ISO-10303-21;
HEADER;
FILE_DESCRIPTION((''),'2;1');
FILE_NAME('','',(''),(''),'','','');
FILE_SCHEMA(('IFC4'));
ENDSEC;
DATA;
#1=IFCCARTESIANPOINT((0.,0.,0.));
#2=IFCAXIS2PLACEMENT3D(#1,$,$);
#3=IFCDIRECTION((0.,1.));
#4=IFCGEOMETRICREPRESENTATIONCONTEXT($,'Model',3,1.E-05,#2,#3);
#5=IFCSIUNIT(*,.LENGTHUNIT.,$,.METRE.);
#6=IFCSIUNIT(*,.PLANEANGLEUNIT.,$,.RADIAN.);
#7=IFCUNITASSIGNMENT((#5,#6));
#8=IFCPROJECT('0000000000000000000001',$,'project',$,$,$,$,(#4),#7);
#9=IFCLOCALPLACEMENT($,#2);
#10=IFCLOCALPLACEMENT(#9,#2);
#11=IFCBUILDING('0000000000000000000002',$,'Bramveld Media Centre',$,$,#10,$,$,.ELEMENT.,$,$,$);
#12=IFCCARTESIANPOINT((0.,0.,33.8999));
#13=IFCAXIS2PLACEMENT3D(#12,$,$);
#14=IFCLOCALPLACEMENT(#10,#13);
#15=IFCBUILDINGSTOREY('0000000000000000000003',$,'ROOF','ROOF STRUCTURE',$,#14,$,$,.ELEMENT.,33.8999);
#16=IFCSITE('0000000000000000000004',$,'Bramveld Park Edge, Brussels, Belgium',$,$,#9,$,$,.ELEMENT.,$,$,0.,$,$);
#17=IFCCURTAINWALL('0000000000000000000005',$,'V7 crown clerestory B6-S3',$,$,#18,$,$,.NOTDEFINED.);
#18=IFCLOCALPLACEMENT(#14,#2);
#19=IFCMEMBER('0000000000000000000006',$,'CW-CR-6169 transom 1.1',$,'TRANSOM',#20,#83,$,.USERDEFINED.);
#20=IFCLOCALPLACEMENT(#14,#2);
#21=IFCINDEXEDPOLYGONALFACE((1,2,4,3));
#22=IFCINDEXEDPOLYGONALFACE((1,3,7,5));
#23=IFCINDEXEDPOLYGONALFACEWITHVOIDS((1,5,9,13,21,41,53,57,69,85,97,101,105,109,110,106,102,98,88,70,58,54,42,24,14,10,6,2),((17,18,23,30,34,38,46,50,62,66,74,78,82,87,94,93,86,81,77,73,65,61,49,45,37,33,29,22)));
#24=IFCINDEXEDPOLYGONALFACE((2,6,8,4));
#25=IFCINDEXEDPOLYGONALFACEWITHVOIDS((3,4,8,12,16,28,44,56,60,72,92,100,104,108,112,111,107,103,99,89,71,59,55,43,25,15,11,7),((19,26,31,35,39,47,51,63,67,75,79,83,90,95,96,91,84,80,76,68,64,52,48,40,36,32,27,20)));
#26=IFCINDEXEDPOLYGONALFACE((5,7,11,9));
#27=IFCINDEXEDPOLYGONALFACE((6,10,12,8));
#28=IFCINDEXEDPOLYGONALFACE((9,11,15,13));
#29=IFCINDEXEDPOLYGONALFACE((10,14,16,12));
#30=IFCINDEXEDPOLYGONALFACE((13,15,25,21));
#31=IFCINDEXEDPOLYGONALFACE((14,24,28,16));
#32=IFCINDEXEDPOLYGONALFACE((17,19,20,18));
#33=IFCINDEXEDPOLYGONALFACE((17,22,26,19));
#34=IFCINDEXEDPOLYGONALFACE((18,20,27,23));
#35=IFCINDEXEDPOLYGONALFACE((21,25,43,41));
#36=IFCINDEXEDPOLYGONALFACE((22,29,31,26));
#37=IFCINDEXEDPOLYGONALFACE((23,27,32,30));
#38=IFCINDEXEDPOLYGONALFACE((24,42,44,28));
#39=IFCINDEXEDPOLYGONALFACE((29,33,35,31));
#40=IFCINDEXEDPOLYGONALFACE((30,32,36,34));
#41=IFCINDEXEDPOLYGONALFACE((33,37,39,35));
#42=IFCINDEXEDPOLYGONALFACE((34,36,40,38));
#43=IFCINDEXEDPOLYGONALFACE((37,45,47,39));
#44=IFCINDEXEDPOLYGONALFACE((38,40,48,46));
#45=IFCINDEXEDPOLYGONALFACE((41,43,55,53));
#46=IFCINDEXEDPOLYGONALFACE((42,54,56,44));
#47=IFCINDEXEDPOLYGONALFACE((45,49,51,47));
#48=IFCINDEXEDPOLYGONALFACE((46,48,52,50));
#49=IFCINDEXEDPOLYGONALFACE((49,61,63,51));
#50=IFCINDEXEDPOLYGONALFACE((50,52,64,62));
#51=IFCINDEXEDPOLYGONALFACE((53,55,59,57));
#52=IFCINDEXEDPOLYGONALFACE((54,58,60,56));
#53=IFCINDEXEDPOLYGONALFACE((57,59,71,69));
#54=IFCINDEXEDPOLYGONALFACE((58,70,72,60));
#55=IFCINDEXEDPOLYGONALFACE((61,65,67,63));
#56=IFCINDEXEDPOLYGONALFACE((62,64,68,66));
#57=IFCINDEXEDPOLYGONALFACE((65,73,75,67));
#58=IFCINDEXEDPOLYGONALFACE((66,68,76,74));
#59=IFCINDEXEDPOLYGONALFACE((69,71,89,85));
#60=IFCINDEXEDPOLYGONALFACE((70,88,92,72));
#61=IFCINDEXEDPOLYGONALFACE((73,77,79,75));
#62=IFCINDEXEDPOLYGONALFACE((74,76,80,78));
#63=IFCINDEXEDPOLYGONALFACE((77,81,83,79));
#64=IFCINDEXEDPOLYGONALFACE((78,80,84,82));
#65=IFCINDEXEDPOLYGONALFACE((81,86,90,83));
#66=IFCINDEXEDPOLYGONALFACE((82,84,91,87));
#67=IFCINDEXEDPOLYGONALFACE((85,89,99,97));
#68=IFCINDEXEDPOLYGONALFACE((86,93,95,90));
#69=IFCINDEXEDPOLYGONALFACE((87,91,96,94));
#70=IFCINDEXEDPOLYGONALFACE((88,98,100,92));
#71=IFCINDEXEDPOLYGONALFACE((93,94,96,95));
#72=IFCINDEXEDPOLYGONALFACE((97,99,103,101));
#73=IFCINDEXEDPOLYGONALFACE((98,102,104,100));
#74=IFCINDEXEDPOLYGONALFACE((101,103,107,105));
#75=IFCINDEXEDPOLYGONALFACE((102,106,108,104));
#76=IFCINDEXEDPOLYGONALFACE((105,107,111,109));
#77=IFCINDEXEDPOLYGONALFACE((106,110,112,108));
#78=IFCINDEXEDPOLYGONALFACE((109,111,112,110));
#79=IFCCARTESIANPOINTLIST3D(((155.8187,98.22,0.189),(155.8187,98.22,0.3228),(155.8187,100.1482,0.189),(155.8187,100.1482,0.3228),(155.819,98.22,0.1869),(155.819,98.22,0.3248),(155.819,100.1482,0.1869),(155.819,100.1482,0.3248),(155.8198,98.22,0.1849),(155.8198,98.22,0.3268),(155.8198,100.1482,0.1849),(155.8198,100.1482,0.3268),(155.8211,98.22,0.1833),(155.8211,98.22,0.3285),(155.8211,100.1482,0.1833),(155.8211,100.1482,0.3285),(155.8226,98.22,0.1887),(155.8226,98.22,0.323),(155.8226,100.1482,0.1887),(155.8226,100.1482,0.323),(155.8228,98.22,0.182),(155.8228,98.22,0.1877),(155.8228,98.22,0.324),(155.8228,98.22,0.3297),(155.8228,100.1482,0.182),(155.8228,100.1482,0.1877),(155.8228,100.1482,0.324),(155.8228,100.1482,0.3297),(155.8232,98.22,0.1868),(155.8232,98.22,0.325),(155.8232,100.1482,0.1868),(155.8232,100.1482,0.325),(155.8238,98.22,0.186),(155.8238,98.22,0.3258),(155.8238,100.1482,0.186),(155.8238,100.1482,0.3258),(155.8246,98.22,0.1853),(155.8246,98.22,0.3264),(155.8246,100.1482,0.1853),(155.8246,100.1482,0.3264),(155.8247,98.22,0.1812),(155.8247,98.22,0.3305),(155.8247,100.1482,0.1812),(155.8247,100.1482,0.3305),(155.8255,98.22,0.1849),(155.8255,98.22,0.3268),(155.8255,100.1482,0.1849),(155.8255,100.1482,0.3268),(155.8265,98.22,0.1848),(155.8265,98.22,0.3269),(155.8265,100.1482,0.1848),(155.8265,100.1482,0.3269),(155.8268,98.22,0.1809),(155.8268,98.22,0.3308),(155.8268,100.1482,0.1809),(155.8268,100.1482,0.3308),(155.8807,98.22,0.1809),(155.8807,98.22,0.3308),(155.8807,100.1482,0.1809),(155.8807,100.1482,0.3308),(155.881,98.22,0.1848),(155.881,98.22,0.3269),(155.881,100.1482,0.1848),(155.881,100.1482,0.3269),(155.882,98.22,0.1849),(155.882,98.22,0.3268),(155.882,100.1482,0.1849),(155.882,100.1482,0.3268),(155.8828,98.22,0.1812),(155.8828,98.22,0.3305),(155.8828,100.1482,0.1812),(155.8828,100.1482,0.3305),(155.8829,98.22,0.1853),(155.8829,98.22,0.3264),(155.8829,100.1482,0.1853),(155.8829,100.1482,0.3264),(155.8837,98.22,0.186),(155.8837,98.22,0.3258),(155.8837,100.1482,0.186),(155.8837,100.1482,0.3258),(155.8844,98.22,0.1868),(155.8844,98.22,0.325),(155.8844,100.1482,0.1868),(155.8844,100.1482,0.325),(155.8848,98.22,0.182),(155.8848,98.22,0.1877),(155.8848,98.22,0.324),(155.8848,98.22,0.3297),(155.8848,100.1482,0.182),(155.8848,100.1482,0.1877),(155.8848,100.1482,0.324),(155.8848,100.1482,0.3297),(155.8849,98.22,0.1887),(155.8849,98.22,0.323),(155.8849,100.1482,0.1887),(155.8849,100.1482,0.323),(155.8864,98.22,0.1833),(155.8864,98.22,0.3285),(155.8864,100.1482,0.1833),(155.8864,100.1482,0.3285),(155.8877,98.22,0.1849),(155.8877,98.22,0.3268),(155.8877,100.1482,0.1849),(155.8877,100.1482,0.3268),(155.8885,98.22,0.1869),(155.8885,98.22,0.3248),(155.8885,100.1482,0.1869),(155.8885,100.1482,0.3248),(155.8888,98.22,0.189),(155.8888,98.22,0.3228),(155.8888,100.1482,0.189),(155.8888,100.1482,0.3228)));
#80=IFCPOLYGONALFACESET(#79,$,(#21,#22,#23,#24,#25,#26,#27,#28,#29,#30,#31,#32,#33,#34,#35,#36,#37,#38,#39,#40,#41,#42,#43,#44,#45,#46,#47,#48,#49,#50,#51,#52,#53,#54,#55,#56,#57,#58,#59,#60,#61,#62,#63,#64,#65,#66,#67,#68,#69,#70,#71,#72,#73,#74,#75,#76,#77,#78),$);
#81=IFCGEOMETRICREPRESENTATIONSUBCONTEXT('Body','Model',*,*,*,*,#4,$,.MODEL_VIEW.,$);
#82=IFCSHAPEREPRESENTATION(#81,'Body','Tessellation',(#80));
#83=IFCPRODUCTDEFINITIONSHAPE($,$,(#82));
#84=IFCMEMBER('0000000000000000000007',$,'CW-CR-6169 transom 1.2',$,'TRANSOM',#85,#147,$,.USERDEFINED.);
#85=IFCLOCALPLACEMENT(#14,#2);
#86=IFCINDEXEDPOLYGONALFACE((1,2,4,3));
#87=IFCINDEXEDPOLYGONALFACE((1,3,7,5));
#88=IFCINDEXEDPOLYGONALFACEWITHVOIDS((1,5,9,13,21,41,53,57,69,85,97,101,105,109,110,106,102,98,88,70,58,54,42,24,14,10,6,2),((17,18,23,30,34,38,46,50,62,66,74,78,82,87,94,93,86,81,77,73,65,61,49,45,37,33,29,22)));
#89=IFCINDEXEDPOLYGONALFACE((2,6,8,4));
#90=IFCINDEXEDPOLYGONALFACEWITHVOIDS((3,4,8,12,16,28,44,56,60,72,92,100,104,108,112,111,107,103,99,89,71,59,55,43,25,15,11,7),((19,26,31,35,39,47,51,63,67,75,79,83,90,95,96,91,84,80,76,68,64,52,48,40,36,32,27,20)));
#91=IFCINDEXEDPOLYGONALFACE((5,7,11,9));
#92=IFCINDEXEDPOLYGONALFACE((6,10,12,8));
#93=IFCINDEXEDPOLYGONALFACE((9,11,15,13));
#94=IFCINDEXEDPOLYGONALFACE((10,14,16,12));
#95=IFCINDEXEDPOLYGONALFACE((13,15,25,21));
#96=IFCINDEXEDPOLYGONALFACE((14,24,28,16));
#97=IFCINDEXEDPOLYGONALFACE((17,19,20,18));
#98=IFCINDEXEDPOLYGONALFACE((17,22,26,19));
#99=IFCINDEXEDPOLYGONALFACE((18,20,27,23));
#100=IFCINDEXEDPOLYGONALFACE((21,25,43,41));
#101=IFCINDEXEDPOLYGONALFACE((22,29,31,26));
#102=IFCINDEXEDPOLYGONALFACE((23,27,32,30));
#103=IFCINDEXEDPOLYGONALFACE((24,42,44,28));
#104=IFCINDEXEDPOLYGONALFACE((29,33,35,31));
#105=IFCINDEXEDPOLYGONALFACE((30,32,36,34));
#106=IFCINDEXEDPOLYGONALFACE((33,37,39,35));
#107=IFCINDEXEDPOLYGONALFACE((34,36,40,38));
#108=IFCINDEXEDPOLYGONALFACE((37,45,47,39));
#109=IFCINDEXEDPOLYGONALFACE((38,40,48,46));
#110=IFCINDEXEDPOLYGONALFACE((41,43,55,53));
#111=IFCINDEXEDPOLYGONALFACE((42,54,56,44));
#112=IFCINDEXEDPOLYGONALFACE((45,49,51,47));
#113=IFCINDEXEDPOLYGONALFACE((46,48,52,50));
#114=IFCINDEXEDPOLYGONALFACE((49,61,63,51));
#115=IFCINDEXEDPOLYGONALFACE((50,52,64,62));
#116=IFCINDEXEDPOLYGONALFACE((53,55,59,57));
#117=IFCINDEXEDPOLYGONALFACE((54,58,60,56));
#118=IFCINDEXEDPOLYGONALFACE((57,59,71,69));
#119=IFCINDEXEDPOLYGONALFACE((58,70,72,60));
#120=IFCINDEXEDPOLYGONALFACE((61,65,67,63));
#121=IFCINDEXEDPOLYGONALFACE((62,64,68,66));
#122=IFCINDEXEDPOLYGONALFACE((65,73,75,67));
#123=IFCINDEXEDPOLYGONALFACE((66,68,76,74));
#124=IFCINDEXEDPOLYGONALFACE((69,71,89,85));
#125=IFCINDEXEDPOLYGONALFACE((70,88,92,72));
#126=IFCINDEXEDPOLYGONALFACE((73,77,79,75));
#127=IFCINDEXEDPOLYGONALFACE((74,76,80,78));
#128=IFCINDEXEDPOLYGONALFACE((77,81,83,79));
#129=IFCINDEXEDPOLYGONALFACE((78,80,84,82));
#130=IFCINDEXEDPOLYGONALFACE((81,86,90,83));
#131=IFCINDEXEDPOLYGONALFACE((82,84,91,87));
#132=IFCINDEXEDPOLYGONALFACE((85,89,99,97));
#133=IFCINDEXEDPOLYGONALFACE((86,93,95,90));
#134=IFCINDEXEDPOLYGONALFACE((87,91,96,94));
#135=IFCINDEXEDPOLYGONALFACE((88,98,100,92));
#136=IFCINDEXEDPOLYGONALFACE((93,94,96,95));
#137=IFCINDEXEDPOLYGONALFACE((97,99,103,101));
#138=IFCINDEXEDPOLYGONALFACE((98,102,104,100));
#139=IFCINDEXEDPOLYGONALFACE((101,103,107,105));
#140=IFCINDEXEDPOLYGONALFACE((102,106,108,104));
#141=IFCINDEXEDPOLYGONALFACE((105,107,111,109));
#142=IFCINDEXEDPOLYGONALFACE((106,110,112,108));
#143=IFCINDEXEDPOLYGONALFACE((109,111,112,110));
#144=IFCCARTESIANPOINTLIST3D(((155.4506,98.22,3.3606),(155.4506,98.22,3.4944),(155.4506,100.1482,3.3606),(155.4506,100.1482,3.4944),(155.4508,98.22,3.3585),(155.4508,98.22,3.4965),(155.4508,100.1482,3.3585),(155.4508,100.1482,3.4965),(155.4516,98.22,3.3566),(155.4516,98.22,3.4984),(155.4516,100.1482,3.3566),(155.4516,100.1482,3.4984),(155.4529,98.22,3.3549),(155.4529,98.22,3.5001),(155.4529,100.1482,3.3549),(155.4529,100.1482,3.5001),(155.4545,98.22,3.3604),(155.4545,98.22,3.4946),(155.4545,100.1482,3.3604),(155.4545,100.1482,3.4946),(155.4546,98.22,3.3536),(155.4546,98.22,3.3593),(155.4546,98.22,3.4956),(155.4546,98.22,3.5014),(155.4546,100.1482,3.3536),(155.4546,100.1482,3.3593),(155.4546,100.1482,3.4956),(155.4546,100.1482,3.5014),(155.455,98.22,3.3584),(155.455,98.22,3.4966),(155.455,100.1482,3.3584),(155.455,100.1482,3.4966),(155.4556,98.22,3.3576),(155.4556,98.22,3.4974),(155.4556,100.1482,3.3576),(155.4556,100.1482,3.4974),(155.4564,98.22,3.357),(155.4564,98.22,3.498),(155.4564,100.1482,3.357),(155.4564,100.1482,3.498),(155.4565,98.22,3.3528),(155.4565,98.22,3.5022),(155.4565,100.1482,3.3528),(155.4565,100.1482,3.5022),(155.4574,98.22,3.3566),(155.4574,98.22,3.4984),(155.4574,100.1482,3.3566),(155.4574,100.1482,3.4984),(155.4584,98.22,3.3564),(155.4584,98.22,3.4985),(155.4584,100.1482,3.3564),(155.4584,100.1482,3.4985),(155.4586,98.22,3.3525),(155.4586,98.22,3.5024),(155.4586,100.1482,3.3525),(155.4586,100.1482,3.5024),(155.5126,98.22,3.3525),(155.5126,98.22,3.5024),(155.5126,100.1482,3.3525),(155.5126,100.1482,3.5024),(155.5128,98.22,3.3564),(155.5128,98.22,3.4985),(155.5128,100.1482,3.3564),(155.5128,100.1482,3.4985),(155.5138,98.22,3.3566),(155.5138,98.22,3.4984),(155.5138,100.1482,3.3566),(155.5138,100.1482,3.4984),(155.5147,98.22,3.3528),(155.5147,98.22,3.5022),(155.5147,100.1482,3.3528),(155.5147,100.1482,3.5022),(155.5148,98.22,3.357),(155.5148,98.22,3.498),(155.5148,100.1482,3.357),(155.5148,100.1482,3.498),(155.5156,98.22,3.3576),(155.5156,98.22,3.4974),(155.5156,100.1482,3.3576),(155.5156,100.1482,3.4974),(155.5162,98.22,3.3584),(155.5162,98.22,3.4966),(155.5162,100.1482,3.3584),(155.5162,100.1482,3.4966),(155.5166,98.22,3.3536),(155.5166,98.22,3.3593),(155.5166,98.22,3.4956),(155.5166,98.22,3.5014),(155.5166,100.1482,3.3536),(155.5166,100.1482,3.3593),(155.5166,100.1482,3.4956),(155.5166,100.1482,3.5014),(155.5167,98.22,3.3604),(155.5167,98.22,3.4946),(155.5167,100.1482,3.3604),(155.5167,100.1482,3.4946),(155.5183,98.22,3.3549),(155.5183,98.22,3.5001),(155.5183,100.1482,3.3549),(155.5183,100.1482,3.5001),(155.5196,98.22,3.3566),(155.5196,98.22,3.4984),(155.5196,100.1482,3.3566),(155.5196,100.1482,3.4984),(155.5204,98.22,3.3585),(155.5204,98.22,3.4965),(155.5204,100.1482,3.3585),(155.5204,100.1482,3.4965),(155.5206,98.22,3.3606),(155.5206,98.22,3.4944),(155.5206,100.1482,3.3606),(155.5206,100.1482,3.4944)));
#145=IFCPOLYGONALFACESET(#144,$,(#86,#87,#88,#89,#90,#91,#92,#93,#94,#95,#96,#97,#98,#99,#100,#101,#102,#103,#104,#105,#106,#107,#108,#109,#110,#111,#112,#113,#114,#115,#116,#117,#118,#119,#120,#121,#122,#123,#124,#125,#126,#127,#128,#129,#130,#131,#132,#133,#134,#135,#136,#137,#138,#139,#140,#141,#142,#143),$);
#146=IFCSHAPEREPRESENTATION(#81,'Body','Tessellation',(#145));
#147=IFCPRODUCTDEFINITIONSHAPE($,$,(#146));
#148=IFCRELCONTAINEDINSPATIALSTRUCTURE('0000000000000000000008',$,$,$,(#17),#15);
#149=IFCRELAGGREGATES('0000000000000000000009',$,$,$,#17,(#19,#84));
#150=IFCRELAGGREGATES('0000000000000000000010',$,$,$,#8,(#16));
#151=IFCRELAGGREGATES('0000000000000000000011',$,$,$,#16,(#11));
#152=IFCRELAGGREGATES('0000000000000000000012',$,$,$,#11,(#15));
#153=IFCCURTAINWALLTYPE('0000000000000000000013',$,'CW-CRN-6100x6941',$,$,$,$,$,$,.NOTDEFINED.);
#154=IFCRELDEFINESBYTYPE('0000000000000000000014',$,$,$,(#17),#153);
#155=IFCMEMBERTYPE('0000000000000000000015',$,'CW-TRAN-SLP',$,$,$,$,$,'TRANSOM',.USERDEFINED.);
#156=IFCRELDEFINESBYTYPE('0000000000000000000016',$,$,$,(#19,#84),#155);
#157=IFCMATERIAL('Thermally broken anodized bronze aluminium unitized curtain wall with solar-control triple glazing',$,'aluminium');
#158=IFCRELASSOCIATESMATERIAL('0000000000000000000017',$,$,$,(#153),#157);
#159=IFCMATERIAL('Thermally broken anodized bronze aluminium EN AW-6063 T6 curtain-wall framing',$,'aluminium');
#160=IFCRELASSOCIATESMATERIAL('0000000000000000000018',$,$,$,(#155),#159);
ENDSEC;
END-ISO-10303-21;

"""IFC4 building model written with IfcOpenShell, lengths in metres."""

from ifc_helpers import new_model, si_unit, direction, frame, origin, origin_2d, place, context, subcontext, project, spatial, hollow_rectangle, extrude, material, material_profile, profile_set, type_object, element, aggregate, save


model = new_model("IFC4")

# Units and contexts
model_context = context("Model", 3, precision=1e-05, world=origin(), true_north=direction((0.0, 1.0)))
body_context = subcontext(model_context, "Body", "Model", "MODEL_VIEW")
ifc_project = project(units=[si_unit("LENGTHUNIT", "METRE"), si_unit("PLANEANGLEUNIT", "RADIAN")], contexts=[model_context])

# Site, building, storey
site_placement = place(None, origin())
site = spatial("IfcSite", under=ifc_project, at=site_placement, Name="Bramveld Park Edge, Brussels, Belgium", CompositionType="ELEMENT", RefElevation=0.0)
building_placement = place(site_placement, origin())
building = spatial("IfcBuilding", under=site, at=building_placement, Name="Bramveld Media Centre", CompositionType="ELEMENT")
storey_placement = place(building_placement, frame((0.0, 0.0, 33.8999)))
storey = spatial("IfcBuildingStorey", under=building, at=storey_placement, Name="ROOF", Description="ROOF STRUCTURE", CompositionType="ELEMENT", Elevation=33.8999)

# Curtain wall
ifc_material_1 = material(Name="Thermally broken anodized bronze aluminium unitized curtain wall with solar-control triple glazing", Category="aluminium")
curtain_wall_type = type_object("IfcCurtainWallType", Name="CW-CRN-6100x6941", PredefinedType="NOTDEFINED", material=ifc_material_1)
curtain_wall_1_placement = place(storey_placement, origin())
curtain_wall_1 = element("IfcCurtainWall", 1, at=curtain_wall_1_placement, inside=storey, type_object=curtain_wall_type, Name="V7 crown clerestory B6-S3", PredefinedType="NOTDEFINED")

# Members
ifc_material_2 = material(Name="Thermally broken anodized bronze aluminium EN AW-6063 T6 curtain-wall framing", Category="aluminium")
ifc_material_profile_1 = material_profile(ifc_material_2, hollow_rectangle(XDim=0.0701, YDim=0.1499, WallThickness=0.0039, InnerFilletRadius=0.0039, OuterFilletRadius=0.0081, at=origin_2d()), Name="AL-TRAN 70x150")
ifc_profile_set_1 = profile_set([ifc_material_profile_1], Name="Thermally broken anodized bronze aluminium EN AW-6063 T6 curtain-wall framing")
member_type_1 = type_object("IfcMemberType", Name="CW-TRAN-SLP", ElementType="TRANSOM", PredefinedType="USERDEFINED", material=ifc_profile_set_1)
member_1_placement = place(storey_placement, frame((155.8538, 98.22, 0.2559), z_axis=(0.0, 1.0, 0.0), x_axis=(-1.0, 0.0, 0.0)))
member_1 = element("IfcMember", 2, at=member_1_placement, type_object=member_type_1, Name="CW-CR-6169 transom 1.1", ObjectType="TRANSOM", PredefinedType="USERDEFINED", context=body_context, shape_type="SweptSolid", body=[
    extrude(hollow_rectangle(XDim=0.0701, YDim=0.1499, WallThickness=0.0039, InnerFilletRadius=0.0039, OuterFilletRadius=0.0081, at=origin_2d()), origin(), (0.0, 0.0, 1.0), 1.9282),
])
member_2_placement = place(storey_placement, frame((155.4856, 98.22, 3.4275), z_axis=(0.0, 1.0, 0.0), x_axis=(-1.0, 0.0, 0.0)))
member_2 = element("IfcMember", 3, at=member_2_placement, type_object=member_type_1, Name="CW-CR-6169 transom 1.2", ObjectType="TRANSOM", PredefinedType="USERDEFINED", context=body_context, shape_type="SweptSolid", body=[
    extrude(hollow_rectangle(XDim=0.0701, YDim=0.1499, WallThickness=0.0039, InnerFilletRadius=0.0039, OuterFilletRadius=0.0081, at=origin_2d()), origin(), (0.0, 0.0, 1.0), 1.9282),
])

aggregate(curtain_wall_1, [member_1, member_2])

save(model, "model.ifc")
